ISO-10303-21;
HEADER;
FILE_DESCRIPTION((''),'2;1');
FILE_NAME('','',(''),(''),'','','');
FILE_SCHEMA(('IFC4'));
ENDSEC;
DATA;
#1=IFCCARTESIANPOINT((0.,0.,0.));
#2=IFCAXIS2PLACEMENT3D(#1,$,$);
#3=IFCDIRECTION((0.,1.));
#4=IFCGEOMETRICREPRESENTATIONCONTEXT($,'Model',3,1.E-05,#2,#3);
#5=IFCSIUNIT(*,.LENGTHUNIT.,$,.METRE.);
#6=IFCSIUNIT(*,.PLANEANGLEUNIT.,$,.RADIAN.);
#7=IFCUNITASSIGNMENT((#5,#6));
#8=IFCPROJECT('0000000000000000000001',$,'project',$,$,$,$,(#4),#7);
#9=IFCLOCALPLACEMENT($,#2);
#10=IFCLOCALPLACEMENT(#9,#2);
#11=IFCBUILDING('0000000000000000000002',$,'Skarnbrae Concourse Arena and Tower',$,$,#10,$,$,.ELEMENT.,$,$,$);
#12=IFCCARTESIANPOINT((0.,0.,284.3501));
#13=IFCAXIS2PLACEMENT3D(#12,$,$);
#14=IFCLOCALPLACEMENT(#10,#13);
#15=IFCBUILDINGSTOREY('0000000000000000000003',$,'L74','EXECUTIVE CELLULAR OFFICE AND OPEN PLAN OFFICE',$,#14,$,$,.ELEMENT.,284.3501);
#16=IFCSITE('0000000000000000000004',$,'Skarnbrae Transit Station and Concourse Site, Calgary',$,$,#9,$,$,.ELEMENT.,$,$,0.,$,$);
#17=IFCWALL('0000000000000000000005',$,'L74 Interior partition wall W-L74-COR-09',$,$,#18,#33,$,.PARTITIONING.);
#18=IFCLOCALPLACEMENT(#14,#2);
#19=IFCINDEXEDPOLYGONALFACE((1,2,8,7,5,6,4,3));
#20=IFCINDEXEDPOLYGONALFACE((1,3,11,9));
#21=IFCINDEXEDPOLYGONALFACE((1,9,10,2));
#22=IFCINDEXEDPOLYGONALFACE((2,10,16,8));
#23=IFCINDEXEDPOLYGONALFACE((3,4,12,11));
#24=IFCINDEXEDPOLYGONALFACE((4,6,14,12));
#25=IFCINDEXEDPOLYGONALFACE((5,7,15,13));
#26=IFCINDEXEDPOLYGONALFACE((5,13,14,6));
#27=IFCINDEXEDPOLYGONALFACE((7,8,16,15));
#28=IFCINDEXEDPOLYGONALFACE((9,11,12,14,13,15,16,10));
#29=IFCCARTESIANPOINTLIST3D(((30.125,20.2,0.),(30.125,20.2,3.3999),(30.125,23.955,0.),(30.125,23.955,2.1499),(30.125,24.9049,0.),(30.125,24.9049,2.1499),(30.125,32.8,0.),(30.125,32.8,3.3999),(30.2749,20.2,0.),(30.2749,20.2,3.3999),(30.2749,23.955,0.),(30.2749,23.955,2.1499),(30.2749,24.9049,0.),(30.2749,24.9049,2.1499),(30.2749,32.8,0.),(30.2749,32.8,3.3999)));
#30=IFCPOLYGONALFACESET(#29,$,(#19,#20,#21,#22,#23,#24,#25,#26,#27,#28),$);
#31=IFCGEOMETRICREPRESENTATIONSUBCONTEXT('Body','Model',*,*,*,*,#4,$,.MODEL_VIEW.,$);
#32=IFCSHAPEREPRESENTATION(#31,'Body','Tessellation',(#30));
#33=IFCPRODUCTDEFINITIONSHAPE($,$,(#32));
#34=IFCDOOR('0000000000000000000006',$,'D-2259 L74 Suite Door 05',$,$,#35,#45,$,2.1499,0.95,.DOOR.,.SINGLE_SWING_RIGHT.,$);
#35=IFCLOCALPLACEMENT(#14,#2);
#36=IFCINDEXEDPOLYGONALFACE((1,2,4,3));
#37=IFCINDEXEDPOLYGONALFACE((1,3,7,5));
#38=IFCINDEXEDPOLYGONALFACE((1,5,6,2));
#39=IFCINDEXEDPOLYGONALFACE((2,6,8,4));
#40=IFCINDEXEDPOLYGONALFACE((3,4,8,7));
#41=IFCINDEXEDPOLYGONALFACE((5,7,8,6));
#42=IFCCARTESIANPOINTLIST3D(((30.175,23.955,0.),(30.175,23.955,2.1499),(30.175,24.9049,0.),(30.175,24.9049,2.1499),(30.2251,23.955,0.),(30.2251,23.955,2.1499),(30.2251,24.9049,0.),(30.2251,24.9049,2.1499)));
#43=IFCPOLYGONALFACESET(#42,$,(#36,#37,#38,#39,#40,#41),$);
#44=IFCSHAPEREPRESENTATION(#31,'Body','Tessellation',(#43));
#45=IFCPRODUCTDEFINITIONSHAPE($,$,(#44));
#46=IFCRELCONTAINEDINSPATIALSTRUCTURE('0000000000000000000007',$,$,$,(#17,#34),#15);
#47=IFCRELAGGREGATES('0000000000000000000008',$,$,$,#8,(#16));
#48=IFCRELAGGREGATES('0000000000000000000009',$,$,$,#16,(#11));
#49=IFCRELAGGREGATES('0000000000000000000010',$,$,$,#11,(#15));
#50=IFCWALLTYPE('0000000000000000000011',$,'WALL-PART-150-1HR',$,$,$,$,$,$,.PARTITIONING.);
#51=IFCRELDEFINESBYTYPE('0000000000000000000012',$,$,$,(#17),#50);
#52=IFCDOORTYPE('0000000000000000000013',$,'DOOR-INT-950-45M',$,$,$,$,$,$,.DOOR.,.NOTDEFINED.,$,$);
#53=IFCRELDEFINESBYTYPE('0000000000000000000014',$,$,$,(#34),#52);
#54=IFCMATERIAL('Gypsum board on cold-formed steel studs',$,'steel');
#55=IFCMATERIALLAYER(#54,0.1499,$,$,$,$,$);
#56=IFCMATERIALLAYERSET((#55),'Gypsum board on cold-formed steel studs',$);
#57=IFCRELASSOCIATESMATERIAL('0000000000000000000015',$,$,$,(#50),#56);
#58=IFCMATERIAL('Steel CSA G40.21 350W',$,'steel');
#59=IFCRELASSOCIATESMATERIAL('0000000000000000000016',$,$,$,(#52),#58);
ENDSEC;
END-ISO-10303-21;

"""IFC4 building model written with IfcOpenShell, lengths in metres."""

from ifc_helpers import new_model, si_unit, direction, frame, frame_2d, origin, place, context, subcontext, project, spatial, rectangle, extrude, source, transform, mapped, material, layer, layer_set, type_object, element, fill, save


model = new_model("IFC4")

# Units and contexts
model_context = context("Model", 3, precision=1e-05, world=origin(), true_north=direction((0.0, 1.0)))
body_context = subcontext(model_context, "Body", "Model", "MODEL_VIEW")
ifc_project = project(units=[si_unit("LENGTHUNIT", "METRE"), si_unit("PLANEANGLEUNIT", "RADIAN")], contexts=[model_context])

# Site, building, storey
site_placement = place(None, origin())
site = spatial("IfcSite", under=ifc_project, at=site_placement, Name="Skarnbrae Transit Station and Concourse Site, Calgary", CompositionType="ELEMENT", RefElevation=0.0)
building_placement = place(site_placement, origin())
building = spatial("IfcBuilding", under=site, at=building_placement, Name="Skarnbrae Concourse Arena and Tower", CompositionType="ELEMENT")
storey_placement = place(building_placement, frame((0.0, 0.0, 284.3501)))
storey = spatial("IfcBuildingStorey", under=building, at=storey_placement, Name="L74", Description="EXECUTIVE CELLULAR OFFICE AND OPEN PLAN OFFICE", CompositionType="ELEMENT", Elevation=284.3501)

# Shared definitions
ifc_material_1 = material(Name="Steel CSA G40.21 350W", Category="steel")

# Shared definitions
ifc_material_2 = material(Name="Gypsum board on cold-formed steel studs", Category="steel")
ifc_layer_1 = layer(ifc_material_2, 0.1499)
ifc_layer_set_1 = layer_set([ifc_layer_1], Name="Gypsum board on cold-formed steel studs")
wall_type_1 = type_object("IfcWallType", Name="WALL-PART-150-1HR", PredefinedType="PARTITIONING", material=ifc_layer_set_1)

# Wall, opening, door
shared_shape_1 = source(origin(), body_context, "Body", "SweptSolid", [
    extrude(rectangle(XDim=12.6001, YDim=0.1499, at=frame_2d((6.3, 0.0))), origin(), (0.0, 0.0, 1.0), 3.3999),
])
wall_1_placement = place(storey_placement, frame((30.2, 20.2, 0.0), z_axis=(0.0, 0.0, 1.0), x_axis=(0.0, 1.0, 0.0)))
wall_1 = element("IfcWall", 1, at=wall_1_placement, inside=storey, type_object=wall_type_1, Name="L74 Interior partition wall W-L74-COR-09", PredefinedType="PARTITIONING", context=body_context, shape_type="MappedRepresentation", body=[
    mapped(shared_shape_1, transform((0.0, 0.0, 0.0))),
])
opening_placement = place(wall_1_placement, frame((3.7549, 0.0, 0.0)))
opening = element("IfcOpeningElement", 2, at=opening_placement, cuts=wall_1, PredefinedType="OPENING", context=body_context, shape_type="SweptSolid", body=[
    extrude(rectangle(XDim=0.95, YDim=2.1499, at=frame_2d((0.4751, 1.075))), frame((0.0, 0.085, 0.0), z_axis=(0.0, -1.0, 0.0), x_axis=(1.0, 0.0, 0.0)), (0.0, 0.0, 1.0), 0.1699),
])
door_type = type_object("IfcDoorType", Name="DOOR-INT-950-45M", OperationType="NOTDEFINED", PredefinedType="DOOR", material=ifc_material_1)
shared_shape_2 = source(origin(), body_context, "Body", "SweptSolid", [
    extrude(rectangle(XDim=0.95, YDim=2.1499, at=frame_2d((0.4751, 1.075))), frame((0.0, 0.0249, 0.0), z_axis=(0.0, -1.0, 0.0), x_axis=(1.0, 0.0, 0.0)), (0.0, 0.0, 1.0), 0.05),
])
door_placement = place(opening_placement, origin())
door = element("IfcDoor", 3, at=door_placement, inside=storey, type_object=door_type, Name="D-2259 L74 Suite Door 05", OperationType="SINGLE_SWING_RIGHT", OverallHeight=2.1499, OverallWidth=0.95, PredefinedType="DOOR", context=body_context, shape_type="MappedRepresentation", body=[
    mapped(shared_shape_2, transform((0.0, 0.0, 0.0))),
])
fill(opening, door)

save(model, "model.ifc")
